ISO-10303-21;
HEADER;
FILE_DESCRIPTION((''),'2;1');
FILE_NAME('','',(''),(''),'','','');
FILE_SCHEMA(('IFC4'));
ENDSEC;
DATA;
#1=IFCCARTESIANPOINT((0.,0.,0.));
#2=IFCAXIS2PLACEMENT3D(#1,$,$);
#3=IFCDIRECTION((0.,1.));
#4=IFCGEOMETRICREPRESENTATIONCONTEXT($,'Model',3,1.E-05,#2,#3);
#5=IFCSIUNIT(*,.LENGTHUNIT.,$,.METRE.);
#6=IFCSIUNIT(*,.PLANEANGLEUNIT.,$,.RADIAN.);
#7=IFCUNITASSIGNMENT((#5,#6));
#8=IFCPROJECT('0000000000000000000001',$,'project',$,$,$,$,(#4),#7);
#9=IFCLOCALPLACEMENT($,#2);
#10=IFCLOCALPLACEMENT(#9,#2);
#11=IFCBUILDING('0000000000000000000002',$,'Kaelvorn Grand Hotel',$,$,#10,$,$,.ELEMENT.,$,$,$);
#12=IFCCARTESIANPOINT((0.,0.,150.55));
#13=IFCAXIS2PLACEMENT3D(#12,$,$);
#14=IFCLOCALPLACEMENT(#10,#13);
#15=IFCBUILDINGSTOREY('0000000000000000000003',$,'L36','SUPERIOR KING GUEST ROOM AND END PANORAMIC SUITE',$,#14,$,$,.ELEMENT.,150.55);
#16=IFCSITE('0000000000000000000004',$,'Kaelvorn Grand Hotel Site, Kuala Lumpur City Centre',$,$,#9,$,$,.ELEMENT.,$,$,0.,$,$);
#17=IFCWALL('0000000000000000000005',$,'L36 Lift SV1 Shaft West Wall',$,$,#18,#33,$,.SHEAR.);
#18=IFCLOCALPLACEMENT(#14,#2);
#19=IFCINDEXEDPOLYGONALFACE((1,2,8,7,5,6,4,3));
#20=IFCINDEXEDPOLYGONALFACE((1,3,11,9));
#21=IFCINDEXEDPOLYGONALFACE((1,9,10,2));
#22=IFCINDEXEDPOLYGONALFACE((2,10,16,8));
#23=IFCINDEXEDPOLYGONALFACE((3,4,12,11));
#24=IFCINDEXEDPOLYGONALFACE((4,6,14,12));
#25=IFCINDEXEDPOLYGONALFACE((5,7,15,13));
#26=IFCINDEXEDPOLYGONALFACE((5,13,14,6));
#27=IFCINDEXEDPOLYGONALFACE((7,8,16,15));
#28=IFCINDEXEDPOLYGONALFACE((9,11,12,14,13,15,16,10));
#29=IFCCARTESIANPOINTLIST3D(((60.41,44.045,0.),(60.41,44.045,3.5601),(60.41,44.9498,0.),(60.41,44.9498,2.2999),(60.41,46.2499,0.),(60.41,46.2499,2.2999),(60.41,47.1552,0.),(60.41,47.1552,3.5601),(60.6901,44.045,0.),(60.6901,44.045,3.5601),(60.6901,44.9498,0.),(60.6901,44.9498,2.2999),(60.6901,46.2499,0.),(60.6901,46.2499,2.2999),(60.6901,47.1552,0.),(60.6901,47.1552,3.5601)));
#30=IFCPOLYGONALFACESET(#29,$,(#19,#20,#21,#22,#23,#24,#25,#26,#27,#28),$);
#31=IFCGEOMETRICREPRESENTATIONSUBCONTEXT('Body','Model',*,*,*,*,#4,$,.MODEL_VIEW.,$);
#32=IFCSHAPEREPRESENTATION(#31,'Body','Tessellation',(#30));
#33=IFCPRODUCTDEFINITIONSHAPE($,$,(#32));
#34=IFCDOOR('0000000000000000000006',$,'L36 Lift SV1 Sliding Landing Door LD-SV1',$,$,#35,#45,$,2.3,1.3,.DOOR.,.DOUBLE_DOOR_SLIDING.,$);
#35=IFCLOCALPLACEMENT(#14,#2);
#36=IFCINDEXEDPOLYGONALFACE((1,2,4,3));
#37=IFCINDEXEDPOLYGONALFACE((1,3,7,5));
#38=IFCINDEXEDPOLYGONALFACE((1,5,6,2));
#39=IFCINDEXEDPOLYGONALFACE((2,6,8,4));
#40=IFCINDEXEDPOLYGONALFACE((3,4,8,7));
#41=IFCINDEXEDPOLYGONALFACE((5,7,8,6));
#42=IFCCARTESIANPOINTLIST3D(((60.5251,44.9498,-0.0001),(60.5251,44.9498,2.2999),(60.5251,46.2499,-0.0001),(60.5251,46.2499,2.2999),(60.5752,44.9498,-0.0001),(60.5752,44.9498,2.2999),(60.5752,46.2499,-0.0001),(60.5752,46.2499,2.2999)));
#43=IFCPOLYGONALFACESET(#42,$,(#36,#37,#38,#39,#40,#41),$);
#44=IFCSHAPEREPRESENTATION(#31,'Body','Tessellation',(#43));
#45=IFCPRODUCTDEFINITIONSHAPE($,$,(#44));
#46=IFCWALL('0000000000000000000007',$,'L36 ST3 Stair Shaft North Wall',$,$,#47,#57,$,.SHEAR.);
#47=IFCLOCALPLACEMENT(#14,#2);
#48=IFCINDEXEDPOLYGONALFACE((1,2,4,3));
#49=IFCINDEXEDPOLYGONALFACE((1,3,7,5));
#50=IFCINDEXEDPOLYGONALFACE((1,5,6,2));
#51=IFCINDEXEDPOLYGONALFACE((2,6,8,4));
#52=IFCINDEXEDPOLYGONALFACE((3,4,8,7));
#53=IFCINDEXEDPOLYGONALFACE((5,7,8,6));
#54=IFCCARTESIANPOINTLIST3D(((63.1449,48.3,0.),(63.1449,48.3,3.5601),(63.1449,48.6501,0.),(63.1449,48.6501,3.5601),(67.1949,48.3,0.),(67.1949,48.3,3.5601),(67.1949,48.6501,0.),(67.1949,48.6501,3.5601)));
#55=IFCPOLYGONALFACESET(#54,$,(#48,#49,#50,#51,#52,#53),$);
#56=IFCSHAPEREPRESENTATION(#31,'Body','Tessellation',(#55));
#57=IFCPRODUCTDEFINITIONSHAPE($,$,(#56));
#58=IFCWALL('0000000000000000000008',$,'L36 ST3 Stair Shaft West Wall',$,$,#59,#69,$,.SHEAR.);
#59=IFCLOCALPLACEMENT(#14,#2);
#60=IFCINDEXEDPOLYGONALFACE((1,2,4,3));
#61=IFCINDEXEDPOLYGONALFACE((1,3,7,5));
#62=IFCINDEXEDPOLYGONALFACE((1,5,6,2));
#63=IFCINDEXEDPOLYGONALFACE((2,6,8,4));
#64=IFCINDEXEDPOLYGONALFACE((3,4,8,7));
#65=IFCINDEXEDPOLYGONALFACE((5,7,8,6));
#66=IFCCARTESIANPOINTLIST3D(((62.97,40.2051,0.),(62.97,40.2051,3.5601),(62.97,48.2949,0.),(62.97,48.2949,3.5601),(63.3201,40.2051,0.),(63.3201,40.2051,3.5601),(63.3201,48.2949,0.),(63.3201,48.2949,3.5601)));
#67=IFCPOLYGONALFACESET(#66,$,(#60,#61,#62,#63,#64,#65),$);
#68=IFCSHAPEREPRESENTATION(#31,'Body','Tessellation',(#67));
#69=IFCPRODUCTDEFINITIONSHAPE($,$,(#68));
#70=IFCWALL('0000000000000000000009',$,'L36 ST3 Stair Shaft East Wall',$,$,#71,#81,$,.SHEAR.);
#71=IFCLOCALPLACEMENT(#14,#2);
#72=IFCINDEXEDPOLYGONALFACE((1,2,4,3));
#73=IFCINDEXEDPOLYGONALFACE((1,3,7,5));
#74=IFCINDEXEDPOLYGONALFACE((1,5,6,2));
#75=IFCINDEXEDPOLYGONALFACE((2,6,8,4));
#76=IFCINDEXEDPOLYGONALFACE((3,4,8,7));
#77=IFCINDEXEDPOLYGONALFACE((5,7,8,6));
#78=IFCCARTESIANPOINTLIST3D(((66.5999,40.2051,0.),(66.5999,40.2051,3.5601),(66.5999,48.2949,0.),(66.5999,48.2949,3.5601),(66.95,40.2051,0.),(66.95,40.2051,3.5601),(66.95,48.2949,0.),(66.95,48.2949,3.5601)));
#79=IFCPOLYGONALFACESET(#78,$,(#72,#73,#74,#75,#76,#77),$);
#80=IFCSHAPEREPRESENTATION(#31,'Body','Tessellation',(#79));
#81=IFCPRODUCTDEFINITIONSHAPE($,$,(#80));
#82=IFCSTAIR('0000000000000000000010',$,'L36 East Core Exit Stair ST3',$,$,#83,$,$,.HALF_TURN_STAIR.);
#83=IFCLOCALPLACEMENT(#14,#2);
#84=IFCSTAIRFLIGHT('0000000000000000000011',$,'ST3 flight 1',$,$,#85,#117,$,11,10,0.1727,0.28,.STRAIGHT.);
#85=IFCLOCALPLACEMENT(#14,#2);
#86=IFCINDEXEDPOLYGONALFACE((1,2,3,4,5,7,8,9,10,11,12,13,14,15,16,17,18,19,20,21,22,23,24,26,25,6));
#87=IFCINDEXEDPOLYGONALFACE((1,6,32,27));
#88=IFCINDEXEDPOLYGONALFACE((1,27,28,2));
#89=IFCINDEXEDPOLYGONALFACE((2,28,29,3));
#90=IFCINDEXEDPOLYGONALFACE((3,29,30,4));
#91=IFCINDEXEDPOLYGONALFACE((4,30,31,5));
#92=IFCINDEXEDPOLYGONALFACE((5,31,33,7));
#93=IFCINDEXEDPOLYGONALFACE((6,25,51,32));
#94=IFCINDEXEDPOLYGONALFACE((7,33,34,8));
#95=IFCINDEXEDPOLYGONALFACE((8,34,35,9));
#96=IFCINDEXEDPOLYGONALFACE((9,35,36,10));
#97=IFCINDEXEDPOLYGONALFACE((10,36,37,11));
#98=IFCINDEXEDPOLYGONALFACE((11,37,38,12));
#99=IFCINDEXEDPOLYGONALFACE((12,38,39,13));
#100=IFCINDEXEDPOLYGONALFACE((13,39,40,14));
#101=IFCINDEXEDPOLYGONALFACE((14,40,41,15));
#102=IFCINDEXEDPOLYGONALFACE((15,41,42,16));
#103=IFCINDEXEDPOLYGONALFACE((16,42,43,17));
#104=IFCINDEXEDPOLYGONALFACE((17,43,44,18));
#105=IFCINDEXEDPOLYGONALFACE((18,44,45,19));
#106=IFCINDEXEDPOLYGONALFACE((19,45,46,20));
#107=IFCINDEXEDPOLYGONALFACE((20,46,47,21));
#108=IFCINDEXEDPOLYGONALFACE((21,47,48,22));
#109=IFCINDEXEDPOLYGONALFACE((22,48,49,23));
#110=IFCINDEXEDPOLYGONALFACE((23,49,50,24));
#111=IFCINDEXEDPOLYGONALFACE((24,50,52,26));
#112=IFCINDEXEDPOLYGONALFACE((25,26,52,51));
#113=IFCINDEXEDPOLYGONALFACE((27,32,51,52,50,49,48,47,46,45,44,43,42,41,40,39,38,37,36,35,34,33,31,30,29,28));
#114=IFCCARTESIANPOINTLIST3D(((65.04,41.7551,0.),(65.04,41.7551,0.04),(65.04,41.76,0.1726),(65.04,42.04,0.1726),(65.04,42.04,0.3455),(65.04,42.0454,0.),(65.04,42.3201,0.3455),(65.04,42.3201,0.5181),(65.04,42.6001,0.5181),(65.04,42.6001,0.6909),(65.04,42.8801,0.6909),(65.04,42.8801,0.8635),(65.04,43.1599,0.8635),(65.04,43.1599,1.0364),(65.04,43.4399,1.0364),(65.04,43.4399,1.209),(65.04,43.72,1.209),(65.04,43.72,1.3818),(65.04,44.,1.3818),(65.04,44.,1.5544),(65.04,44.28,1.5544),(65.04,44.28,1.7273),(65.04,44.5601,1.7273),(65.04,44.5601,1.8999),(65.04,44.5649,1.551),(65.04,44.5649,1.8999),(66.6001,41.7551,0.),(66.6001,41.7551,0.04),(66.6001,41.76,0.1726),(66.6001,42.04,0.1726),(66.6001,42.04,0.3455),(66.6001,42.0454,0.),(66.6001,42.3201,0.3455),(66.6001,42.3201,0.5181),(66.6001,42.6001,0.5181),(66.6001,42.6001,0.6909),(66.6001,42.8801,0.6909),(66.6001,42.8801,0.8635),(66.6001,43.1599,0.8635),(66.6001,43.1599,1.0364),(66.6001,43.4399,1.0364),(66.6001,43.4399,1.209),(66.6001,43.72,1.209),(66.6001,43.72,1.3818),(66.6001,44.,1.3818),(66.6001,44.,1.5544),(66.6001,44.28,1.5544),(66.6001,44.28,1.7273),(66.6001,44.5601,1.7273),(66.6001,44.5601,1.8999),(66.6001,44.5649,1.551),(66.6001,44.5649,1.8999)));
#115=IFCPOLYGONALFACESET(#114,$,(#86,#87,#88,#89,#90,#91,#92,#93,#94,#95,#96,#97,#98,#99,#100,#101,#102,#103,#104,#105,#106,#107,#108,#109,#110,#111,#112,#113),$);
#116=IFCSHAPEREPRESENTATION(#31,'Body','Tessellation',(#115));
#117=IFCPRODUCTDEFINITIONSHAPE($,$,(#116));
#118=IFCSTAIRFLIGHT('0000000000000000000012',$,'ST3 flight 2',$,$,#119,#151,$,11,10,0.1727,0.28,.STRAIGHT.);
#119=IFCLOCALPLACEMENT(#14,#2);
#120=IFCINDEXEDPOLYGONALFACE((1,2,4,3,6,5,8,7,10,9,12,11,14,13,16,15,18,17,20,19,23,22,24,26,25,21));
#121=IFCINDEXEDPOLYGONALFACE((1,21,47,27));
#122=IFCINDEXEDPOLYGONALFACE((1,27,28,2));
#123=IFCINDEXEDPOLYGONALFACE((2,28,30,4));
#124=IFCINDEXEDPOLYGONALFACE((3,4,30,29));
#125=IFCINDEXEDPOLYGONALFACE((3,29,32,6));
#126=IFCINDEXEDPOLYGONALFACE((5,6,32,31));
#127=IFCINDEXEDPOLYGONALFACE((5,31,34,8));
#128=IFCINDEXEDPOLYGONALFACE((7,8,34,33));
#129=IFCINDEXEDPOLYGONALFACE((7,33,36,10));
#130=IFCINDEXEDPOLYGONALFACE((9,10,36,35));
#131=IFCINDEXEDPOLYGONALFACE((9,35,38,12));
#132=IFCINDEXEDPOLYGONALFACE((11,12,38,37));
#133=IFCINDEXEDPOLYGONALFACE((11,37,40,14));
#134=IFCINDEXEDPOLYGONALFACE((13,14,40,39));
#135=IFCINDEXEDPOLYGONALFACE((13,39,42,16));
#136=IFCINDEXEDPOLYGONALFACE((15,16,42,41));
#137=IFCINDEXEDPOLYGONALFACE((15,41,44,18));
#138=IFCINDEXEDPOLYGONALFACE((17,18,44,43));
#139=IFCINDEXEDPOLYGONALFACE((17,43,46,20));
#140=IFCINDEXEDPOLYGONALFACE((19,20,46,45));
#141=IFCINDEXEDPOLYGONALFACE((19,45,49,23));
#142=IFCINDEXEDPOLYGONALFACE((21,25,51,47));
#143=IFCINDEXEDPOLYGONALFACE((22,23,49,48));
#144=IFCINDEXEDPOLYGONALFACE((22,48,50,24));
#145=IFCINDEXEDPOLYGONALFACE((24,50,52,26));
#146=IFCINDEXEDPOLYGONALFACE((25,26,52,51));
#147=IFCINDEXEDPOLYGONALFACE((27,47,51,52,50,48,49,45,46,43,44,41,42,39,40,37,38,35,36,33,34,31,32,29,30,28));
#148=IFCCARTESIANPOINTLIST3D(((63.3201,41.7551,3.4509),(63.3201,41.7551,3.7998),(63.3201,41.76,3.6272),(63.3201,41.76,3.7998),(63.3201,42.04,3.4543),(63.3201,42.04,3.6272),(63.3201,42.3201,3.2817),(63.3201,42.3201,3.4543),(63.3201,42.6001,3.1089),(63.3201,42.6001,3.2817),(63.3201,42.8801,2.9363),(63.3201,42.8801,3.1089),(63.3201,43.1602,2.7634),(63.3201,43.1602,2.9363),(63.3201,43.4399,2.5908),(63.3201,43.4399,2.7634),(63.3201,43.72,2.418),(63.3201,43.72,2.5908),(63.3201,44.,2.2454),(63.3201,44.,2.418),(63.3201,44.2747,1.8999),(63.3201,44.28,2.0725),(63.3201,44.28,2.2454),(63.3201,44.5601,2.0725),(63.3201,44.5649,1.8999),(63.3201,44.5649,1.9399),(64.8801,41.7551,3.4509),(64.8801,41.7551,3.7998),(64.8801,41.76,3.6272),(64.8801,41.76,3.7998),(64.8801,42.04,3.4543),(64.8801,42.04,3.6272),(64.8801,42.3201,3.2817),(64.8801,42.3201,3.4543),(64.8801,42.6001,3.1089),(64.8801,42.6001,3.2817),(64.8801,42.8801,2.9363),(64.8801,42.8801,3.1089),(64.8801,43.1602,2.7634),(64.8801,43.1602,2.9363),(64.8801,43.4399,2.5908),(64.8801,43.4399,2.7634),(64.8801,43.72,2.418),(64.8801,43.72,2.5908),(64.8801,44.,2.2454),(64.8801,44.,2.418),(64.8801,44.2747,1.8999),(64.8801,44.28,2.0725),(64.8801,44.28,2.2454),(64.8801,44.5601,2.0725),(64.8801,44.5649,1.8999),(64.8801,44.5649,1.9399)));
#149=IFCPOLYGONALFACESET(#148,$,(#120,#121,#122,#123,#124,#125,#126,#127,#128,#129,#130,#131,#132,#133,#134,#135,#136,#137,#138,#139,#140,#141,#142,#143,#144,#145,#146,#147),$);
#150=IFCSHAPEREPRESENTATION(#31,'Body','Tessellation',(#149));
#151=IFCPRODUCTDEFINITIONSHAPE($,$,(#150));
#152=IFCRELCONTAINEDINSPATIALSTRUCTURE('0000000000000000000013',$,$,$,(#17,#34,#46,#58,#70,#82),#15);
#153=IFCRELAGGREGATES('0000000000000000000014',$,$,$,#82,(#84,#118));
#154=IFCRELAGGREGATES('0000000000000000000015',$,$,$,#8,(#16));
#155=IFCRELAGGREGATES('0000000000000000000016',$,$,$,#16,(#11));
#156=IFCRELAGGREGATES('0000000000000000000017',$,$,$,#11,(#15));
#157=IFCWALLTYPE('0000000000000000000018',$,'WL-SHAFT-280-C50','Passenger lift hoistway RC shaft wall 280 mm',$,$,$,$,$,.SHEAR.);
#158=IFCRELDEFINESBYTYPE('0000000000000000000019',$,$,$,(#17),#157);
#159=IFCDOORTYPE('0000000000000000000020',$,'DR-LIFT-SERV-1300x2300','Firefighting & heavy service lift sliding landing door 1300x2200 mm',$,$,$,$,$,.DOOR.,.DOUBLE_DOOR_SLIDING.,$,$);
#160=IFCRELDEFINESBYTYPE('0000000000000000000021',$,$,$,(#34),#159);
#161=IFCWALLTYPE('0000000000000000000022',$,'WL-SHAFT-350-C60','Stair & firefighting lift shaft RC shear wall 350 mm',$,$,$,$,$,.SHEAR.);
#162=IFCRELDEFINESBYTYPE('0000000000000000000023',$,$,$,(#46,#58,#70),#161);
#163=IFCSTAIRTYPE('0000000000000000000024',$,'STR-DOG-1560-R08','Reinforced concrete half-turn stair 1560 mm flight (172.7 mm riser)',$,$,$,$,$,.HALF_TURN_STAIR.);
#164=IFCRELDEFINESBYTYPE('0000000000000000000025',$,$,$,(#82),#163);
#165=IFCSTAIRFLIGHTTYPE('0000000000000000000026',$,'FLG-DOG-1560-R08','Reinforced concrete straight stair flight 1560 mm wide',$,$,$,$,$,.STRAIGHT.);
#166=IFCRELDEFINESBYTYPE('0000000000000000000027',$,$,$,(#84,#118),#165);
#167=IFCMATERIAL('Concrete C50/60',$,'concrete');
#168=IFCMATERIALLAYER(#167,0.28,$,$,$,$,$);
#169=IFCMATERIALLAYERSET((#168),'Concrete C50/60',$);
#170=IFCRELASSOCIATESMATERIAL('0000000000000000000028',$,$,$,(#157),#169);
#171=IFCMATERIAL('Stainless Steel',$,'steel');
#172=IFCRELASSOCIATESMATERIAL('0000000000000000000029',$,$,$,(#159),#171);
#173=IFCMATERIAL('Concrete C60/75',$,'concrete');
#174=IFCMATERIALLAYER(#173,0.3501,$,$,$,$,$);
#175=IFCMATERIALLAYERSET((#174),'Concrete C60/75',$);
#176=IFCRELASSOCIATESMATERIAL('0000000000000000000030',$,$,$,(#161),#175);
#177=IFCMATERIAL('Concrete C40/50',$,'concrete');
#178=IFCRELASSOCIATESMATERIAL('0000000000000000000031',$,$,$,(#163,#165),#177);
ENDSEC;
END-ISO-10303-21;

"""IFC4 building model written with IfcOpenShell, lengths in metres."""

from ifc_helpers import new_model, si_unit, direction, frame, frame_2d, origin, place, context, subcontext, project, spatial, polyline, rectangle, outline, extrude, material, layer, layer_set, type_object, element, fill, aggregate, save


model = new_model("IFC4")

# Units and contexts
model_context = context("Model", 3, precision=1e-05, world=origin(), true_north=direction((0.0, 1.0)))
body_context = subcontext(model_context, "Body", "Model", "MODEL_VIEW")
ifc_project = project(units=[si_unit("LENGTHUNIT", "METRE"), si_unit("PLANEANGLEUNIT", "RADIAN")], contexts=[model_context])

# Site, building, storey
site_placement = place(None, origin())
site = spatial("IfcSite", under=ifc_project, at=site_placement, Name="Kaelvorn Grand Hotel Site, Kuala Lumpur City Centre", CompositionType="ELEMENT", RefElevation=0.0)
building_placement = place(site_placement, origin())
building = spatial("IfcBuilding", under=site, at=building_placement, Name="Kaelvorn Grand Hotel", CompositionType="ELEMENT")
storey_placement = place(building_placement, frame((0.0, 0.0, 150.55)))
storey = spatial("IfcBuildingStorey", under=building, at=storey_placement, Name="L36", Description="SUPERIOR KING GUEST ROOM AND END PANORAMIC SUITE", CompositionType="ELEMENT", Elevation=150.55)

# Shared definitions
ifc_material_1 = material(Name="Concrete C60/75", Category="concrete")

# Shared definitions
ifc_material_2 = material(Name="Concrete C50/60", Category="concrete")

# Shared definitions
ifc_material_3 = material(Name="Concrete C40/50", Category="concrete")

# Shared definitions
ifc_layer_1 = layer(ifc_material_2, 0.28)
ifc_layer_set_1 = layer_set([ifc_layer_1], Name="Concrete C50/60")
wall_type_1 = type_object("IfcWallType", Name="WL-SHAFT-280-C50", Description="Passenger lift hoistway RC shaft wall 280 mm", PredefinedType="SHEAR", material=ifc_layer_set_1)

# Shared definitions
ifc_material_4 = material(Name="Stainless Steel", Category="steel")
door_type_1 = type_object("IfcDoorType", Name="DR-LIFT-SERV-1300x2300", Description="Firefighting & heavy service lift sliding landing door 1300x2200 mm", OperationType="DOUBLE_DOOR_SLIDING", PredefinedType="DOOR", material=ifc_material_4)

# Wall, opening, door
wall_1_placement = place(storey_placement, frame((60.55, 44.0449, 0.0), z_axis=(0.0, 0.0, 1.0), x_axis=(0.0, 1.0, 0.0)))
wall_1 = element("IfcWall", 1, at=wall_1_placement, inside=storey, type_object=wall_type_1, Name="L36 Lift SV1 Shaft West Wall", PredefinedType="SHEAR", context=body_context, shape_type="SweptSolid", body=[
    extrude(rectangle(XDim=3.1101, YDim=0.28, at=frame_2d((1.5552, 0.0))), origin(), (0.0, 0.0, 1.0), 3.5601),
])
opening_1_placement = place(wall_1_placement, frame((0.905, 0.0, 0.0)))
opening_1 = element("IfcOpeningElement", 2, at=opening_1_placement, cuts=wall_1, PredefinedType="OPENING", context=body_context, shape_type="SweptSolid", body=[
    extrude(rectangle(XDim=1.3, YDim=2.3, at=frame_2d((0.6499, 1.1499))), frame((0.0, 0.1499, 0.0), z_axis=(0.0, -1.0, 0.0), x_axis=(1.0, 0.0, 0.0)), (0.0, 0.0, 1.0), 0.3),
])
door_1_placement = place(opening_1_placement, origin())
door_1 = element("IfcDoor", 3, at=door_1_placement, inside=storey, type_object=door_type_1, Name="L36 Lift SV1 Sliding Landing Door LD-SV1", OperationType="DOUBLE_DOOR_SLIDING", OverallHeight=2.3, OverallWidth=1.3, PredefinedType="DOOR", context=body_context, shape_type="SweptSolid", body=[
    extrude(rectangle(XDim=1.3, YDim=2.3, at=frame_2d((0.6499, 1.1499))), frame((0.0, 0.0249, 0.0), z_axis=(0.0, -1.0, 0.0), x_axis=(1.0, 0.0, 0.0)), (0.0, 0.0, 1.0), 0.05),
])
fill(opening_1, door_1)
ifc_layer_2 = layer(ifc_material_1, 0.3501)
ifc_layer_set_2 = layer_set([ifc_layer_2], Name="Concrete C60/75")
wall_type_2 = type_object("IfcWallType", Name="WL-SHAFT-350-C60", Description="Stair & firefighting lift shaft RC shear wall 350 mm", PredefinedType="SHEAR", material=ifc_layer_set_2)

# Walls
wall_2_placement = place(storey_placement, frame((63.145, 48.4751, 0.0), z_axis=(0.0, 0.0, 1.0), x_axis=(1.0, 0.0, 0.0)))
element("IfcWall", 4, at=wall_2_placement, inside=storey, type_object=wall_type_2, Name="L36 ST3 Stair Shaft North Wall", PredefinedType="SHEAR", context=body_context, shape_type="SweptSolid", body=[
    extrude(rectangle(XDim=4.05, YDim=0.3501, at=frame_2d((2.0249, 0.0))), origin(), (0.0, 0.0, 1.0), 3.5601),
])
for number, where, z_axis, x_axis, name in (
    (5, (63.145, 40.2051, 0.0), (0.0, 0.0, 1.0), (0.0, 1.0, 0.0), "L36 ST3 Stair Shaft West Wall"),
    (6, (66.7749, 40.2051, 0.0), (0.0, 0.0, 1.0), (0.0, 1.0, 0.0), "L36 ST3 Stair Shaft East Wall"),
):
    element("IfcWall", number, at=place(storey_placement, frame(where, z_axis=z_axis, x_axis=x_axis)), inside=storey, type_object=wall_type_2, Name=name, PredefinedType="SHEAR", context=body_context, shape_type="SweptSolid", body=[
        extrude(rectangle(XDim=8.0898, YDim=0.3501, at=frame_2d((4.0449, 0.0))), origin(), (0.0, 0.0, 1.0), 3.5601),
    ])

# Stair, stair flights
stair_type = type_object("IfcStairType", Name="STR-DOG-1560-R08", Description="Reinforced concrete half-turn stair 1560 mm flight (172.7 mm riser)", PredefinedType="HALF_TURN_STAIR", material=ifc_material_3)
stair_placement = place(storey_placement, origin())
stair = element("IfcStair", 7, at=stair_placement, inside=storey, type_object=stair_type, Name="L36 East Core Exit Stair ST3", PredefinedType="HALF_TURN_STAIR")
stair_flight_type = type_object("IfcStairFlightType", Name="FLG-DOG-1560-R08", Description="Reinforced concrete straight stair flight 1560 mm wide", PredefinedType="STRAIGHT", material=ifc_material_3)
stair_flight_1_placement = place(storey_placement, frame((65.8201, 41.76, 0.0), z_axis=(0.0, 0.0, 1.0), x_axis=(0.0, 1.0, 0.0)))
stair_flight_1 = element("IfcStairFlight", 8, at=stair_flight_1_placement, type_object=stair_flight_type, Name="ST3 flight 1", NumberOfRisers=11, NumberOfTreads=10, PredefinedType="STRAIGHT", RiserHeight=0.1727, TreadLength=0.28, context=body_context, shape_type="SweptSolid", body=[
    extrude(outline(polyline([(-0.0049, 0.0), (-0.0049, 0.04), (0.0, 0.1726), (0.28, 0.1726), (0.28, 0.3455), (0.5601, 0.3455), (0.5601, 0.5181), (0.8401, 0.5181), (0.8401, 0.6909), (1.1201, 0.6909), (1.1201, 0.8635), (1.3999, 0.8635), (1.3999, 1.0364), (1.6799, 1.0364), (1.6799, 1.209), (1.96, 1.209), (1.96, 1.3818), (2.24, 1.3818), (2.24, 1.5544), (2.52, 1.5544), (2.52, 1.7273), (2.8, 1.7273), (2.8, 1.8999), (2.8049, 1.8999), (2.8049, 1.551), (0.2854, 0.0), (-0.0049, 0.0)])), frame((0.0, 0.78, 0.0), z_axis=(0.0, -1.0, 0.0), x_axis=(1.0, 0.0, 0.0)), (0.0, 0.0, 1.0), 1.5601),
])
stair_flight_2_placement = place(storey_placement, frame((64.1001, 44.5601, 1.8999), z_axis=(0.0, 0.0, 1.0), x_axis=(0.0, -1.0, 0.0)))
stair_flight_2 = element("IfcStairFlight", 9, at=stair_flight_2_placement, type_object=stair_flight_type, Name="ST3 flight 2", NumberOfRisers=11, NumberOfTreads=10, PredefinedType="STRAIGHT", RiserHeight=0.1727, TreadLength=0.28, context=body_context, shape_type="SweptSolid", body=[
    extrude(outline(polyline([(-0.0049, 0.0), (-0.0049, 0.04), (0.0, 0.1726), (0.28, 0.1726), (0.28, 0.3455), (0.5601, 0.3455), (0.5601, 0.5181), (0.8401, 0.5181), (0.8401, 0.6909), (1.1201, 0.6909), (1.1201, 0.8635), (1.3999, 0.8635), (1.3999, 1.0364), (1.6799, 1.0364), (1.6799, 1.209), (1.96, 1.209), (1.96, 1.3818), (2.24, 1.3818), (2.24, 1.5544), (2.52, 1.5544), (2.52, 1.7273), (2.8, 1.7273), (2.8, 1.8999), (2.8049, 1.8999), (2.8049, 1.551), (0.2854, 0.0), (-0.0049, 0.0)])), frame((0.0, 0.78, 0.0), z_axis=(0.0, -1.0, 0.0), x_axis=(1.0, 0.0, 0.0)), (0.0, 0.0, 1.0), 1.5601),
])
aggregate(stair, [stair_flight_1, stair_flight_2])

save(model, "model.ifc")
